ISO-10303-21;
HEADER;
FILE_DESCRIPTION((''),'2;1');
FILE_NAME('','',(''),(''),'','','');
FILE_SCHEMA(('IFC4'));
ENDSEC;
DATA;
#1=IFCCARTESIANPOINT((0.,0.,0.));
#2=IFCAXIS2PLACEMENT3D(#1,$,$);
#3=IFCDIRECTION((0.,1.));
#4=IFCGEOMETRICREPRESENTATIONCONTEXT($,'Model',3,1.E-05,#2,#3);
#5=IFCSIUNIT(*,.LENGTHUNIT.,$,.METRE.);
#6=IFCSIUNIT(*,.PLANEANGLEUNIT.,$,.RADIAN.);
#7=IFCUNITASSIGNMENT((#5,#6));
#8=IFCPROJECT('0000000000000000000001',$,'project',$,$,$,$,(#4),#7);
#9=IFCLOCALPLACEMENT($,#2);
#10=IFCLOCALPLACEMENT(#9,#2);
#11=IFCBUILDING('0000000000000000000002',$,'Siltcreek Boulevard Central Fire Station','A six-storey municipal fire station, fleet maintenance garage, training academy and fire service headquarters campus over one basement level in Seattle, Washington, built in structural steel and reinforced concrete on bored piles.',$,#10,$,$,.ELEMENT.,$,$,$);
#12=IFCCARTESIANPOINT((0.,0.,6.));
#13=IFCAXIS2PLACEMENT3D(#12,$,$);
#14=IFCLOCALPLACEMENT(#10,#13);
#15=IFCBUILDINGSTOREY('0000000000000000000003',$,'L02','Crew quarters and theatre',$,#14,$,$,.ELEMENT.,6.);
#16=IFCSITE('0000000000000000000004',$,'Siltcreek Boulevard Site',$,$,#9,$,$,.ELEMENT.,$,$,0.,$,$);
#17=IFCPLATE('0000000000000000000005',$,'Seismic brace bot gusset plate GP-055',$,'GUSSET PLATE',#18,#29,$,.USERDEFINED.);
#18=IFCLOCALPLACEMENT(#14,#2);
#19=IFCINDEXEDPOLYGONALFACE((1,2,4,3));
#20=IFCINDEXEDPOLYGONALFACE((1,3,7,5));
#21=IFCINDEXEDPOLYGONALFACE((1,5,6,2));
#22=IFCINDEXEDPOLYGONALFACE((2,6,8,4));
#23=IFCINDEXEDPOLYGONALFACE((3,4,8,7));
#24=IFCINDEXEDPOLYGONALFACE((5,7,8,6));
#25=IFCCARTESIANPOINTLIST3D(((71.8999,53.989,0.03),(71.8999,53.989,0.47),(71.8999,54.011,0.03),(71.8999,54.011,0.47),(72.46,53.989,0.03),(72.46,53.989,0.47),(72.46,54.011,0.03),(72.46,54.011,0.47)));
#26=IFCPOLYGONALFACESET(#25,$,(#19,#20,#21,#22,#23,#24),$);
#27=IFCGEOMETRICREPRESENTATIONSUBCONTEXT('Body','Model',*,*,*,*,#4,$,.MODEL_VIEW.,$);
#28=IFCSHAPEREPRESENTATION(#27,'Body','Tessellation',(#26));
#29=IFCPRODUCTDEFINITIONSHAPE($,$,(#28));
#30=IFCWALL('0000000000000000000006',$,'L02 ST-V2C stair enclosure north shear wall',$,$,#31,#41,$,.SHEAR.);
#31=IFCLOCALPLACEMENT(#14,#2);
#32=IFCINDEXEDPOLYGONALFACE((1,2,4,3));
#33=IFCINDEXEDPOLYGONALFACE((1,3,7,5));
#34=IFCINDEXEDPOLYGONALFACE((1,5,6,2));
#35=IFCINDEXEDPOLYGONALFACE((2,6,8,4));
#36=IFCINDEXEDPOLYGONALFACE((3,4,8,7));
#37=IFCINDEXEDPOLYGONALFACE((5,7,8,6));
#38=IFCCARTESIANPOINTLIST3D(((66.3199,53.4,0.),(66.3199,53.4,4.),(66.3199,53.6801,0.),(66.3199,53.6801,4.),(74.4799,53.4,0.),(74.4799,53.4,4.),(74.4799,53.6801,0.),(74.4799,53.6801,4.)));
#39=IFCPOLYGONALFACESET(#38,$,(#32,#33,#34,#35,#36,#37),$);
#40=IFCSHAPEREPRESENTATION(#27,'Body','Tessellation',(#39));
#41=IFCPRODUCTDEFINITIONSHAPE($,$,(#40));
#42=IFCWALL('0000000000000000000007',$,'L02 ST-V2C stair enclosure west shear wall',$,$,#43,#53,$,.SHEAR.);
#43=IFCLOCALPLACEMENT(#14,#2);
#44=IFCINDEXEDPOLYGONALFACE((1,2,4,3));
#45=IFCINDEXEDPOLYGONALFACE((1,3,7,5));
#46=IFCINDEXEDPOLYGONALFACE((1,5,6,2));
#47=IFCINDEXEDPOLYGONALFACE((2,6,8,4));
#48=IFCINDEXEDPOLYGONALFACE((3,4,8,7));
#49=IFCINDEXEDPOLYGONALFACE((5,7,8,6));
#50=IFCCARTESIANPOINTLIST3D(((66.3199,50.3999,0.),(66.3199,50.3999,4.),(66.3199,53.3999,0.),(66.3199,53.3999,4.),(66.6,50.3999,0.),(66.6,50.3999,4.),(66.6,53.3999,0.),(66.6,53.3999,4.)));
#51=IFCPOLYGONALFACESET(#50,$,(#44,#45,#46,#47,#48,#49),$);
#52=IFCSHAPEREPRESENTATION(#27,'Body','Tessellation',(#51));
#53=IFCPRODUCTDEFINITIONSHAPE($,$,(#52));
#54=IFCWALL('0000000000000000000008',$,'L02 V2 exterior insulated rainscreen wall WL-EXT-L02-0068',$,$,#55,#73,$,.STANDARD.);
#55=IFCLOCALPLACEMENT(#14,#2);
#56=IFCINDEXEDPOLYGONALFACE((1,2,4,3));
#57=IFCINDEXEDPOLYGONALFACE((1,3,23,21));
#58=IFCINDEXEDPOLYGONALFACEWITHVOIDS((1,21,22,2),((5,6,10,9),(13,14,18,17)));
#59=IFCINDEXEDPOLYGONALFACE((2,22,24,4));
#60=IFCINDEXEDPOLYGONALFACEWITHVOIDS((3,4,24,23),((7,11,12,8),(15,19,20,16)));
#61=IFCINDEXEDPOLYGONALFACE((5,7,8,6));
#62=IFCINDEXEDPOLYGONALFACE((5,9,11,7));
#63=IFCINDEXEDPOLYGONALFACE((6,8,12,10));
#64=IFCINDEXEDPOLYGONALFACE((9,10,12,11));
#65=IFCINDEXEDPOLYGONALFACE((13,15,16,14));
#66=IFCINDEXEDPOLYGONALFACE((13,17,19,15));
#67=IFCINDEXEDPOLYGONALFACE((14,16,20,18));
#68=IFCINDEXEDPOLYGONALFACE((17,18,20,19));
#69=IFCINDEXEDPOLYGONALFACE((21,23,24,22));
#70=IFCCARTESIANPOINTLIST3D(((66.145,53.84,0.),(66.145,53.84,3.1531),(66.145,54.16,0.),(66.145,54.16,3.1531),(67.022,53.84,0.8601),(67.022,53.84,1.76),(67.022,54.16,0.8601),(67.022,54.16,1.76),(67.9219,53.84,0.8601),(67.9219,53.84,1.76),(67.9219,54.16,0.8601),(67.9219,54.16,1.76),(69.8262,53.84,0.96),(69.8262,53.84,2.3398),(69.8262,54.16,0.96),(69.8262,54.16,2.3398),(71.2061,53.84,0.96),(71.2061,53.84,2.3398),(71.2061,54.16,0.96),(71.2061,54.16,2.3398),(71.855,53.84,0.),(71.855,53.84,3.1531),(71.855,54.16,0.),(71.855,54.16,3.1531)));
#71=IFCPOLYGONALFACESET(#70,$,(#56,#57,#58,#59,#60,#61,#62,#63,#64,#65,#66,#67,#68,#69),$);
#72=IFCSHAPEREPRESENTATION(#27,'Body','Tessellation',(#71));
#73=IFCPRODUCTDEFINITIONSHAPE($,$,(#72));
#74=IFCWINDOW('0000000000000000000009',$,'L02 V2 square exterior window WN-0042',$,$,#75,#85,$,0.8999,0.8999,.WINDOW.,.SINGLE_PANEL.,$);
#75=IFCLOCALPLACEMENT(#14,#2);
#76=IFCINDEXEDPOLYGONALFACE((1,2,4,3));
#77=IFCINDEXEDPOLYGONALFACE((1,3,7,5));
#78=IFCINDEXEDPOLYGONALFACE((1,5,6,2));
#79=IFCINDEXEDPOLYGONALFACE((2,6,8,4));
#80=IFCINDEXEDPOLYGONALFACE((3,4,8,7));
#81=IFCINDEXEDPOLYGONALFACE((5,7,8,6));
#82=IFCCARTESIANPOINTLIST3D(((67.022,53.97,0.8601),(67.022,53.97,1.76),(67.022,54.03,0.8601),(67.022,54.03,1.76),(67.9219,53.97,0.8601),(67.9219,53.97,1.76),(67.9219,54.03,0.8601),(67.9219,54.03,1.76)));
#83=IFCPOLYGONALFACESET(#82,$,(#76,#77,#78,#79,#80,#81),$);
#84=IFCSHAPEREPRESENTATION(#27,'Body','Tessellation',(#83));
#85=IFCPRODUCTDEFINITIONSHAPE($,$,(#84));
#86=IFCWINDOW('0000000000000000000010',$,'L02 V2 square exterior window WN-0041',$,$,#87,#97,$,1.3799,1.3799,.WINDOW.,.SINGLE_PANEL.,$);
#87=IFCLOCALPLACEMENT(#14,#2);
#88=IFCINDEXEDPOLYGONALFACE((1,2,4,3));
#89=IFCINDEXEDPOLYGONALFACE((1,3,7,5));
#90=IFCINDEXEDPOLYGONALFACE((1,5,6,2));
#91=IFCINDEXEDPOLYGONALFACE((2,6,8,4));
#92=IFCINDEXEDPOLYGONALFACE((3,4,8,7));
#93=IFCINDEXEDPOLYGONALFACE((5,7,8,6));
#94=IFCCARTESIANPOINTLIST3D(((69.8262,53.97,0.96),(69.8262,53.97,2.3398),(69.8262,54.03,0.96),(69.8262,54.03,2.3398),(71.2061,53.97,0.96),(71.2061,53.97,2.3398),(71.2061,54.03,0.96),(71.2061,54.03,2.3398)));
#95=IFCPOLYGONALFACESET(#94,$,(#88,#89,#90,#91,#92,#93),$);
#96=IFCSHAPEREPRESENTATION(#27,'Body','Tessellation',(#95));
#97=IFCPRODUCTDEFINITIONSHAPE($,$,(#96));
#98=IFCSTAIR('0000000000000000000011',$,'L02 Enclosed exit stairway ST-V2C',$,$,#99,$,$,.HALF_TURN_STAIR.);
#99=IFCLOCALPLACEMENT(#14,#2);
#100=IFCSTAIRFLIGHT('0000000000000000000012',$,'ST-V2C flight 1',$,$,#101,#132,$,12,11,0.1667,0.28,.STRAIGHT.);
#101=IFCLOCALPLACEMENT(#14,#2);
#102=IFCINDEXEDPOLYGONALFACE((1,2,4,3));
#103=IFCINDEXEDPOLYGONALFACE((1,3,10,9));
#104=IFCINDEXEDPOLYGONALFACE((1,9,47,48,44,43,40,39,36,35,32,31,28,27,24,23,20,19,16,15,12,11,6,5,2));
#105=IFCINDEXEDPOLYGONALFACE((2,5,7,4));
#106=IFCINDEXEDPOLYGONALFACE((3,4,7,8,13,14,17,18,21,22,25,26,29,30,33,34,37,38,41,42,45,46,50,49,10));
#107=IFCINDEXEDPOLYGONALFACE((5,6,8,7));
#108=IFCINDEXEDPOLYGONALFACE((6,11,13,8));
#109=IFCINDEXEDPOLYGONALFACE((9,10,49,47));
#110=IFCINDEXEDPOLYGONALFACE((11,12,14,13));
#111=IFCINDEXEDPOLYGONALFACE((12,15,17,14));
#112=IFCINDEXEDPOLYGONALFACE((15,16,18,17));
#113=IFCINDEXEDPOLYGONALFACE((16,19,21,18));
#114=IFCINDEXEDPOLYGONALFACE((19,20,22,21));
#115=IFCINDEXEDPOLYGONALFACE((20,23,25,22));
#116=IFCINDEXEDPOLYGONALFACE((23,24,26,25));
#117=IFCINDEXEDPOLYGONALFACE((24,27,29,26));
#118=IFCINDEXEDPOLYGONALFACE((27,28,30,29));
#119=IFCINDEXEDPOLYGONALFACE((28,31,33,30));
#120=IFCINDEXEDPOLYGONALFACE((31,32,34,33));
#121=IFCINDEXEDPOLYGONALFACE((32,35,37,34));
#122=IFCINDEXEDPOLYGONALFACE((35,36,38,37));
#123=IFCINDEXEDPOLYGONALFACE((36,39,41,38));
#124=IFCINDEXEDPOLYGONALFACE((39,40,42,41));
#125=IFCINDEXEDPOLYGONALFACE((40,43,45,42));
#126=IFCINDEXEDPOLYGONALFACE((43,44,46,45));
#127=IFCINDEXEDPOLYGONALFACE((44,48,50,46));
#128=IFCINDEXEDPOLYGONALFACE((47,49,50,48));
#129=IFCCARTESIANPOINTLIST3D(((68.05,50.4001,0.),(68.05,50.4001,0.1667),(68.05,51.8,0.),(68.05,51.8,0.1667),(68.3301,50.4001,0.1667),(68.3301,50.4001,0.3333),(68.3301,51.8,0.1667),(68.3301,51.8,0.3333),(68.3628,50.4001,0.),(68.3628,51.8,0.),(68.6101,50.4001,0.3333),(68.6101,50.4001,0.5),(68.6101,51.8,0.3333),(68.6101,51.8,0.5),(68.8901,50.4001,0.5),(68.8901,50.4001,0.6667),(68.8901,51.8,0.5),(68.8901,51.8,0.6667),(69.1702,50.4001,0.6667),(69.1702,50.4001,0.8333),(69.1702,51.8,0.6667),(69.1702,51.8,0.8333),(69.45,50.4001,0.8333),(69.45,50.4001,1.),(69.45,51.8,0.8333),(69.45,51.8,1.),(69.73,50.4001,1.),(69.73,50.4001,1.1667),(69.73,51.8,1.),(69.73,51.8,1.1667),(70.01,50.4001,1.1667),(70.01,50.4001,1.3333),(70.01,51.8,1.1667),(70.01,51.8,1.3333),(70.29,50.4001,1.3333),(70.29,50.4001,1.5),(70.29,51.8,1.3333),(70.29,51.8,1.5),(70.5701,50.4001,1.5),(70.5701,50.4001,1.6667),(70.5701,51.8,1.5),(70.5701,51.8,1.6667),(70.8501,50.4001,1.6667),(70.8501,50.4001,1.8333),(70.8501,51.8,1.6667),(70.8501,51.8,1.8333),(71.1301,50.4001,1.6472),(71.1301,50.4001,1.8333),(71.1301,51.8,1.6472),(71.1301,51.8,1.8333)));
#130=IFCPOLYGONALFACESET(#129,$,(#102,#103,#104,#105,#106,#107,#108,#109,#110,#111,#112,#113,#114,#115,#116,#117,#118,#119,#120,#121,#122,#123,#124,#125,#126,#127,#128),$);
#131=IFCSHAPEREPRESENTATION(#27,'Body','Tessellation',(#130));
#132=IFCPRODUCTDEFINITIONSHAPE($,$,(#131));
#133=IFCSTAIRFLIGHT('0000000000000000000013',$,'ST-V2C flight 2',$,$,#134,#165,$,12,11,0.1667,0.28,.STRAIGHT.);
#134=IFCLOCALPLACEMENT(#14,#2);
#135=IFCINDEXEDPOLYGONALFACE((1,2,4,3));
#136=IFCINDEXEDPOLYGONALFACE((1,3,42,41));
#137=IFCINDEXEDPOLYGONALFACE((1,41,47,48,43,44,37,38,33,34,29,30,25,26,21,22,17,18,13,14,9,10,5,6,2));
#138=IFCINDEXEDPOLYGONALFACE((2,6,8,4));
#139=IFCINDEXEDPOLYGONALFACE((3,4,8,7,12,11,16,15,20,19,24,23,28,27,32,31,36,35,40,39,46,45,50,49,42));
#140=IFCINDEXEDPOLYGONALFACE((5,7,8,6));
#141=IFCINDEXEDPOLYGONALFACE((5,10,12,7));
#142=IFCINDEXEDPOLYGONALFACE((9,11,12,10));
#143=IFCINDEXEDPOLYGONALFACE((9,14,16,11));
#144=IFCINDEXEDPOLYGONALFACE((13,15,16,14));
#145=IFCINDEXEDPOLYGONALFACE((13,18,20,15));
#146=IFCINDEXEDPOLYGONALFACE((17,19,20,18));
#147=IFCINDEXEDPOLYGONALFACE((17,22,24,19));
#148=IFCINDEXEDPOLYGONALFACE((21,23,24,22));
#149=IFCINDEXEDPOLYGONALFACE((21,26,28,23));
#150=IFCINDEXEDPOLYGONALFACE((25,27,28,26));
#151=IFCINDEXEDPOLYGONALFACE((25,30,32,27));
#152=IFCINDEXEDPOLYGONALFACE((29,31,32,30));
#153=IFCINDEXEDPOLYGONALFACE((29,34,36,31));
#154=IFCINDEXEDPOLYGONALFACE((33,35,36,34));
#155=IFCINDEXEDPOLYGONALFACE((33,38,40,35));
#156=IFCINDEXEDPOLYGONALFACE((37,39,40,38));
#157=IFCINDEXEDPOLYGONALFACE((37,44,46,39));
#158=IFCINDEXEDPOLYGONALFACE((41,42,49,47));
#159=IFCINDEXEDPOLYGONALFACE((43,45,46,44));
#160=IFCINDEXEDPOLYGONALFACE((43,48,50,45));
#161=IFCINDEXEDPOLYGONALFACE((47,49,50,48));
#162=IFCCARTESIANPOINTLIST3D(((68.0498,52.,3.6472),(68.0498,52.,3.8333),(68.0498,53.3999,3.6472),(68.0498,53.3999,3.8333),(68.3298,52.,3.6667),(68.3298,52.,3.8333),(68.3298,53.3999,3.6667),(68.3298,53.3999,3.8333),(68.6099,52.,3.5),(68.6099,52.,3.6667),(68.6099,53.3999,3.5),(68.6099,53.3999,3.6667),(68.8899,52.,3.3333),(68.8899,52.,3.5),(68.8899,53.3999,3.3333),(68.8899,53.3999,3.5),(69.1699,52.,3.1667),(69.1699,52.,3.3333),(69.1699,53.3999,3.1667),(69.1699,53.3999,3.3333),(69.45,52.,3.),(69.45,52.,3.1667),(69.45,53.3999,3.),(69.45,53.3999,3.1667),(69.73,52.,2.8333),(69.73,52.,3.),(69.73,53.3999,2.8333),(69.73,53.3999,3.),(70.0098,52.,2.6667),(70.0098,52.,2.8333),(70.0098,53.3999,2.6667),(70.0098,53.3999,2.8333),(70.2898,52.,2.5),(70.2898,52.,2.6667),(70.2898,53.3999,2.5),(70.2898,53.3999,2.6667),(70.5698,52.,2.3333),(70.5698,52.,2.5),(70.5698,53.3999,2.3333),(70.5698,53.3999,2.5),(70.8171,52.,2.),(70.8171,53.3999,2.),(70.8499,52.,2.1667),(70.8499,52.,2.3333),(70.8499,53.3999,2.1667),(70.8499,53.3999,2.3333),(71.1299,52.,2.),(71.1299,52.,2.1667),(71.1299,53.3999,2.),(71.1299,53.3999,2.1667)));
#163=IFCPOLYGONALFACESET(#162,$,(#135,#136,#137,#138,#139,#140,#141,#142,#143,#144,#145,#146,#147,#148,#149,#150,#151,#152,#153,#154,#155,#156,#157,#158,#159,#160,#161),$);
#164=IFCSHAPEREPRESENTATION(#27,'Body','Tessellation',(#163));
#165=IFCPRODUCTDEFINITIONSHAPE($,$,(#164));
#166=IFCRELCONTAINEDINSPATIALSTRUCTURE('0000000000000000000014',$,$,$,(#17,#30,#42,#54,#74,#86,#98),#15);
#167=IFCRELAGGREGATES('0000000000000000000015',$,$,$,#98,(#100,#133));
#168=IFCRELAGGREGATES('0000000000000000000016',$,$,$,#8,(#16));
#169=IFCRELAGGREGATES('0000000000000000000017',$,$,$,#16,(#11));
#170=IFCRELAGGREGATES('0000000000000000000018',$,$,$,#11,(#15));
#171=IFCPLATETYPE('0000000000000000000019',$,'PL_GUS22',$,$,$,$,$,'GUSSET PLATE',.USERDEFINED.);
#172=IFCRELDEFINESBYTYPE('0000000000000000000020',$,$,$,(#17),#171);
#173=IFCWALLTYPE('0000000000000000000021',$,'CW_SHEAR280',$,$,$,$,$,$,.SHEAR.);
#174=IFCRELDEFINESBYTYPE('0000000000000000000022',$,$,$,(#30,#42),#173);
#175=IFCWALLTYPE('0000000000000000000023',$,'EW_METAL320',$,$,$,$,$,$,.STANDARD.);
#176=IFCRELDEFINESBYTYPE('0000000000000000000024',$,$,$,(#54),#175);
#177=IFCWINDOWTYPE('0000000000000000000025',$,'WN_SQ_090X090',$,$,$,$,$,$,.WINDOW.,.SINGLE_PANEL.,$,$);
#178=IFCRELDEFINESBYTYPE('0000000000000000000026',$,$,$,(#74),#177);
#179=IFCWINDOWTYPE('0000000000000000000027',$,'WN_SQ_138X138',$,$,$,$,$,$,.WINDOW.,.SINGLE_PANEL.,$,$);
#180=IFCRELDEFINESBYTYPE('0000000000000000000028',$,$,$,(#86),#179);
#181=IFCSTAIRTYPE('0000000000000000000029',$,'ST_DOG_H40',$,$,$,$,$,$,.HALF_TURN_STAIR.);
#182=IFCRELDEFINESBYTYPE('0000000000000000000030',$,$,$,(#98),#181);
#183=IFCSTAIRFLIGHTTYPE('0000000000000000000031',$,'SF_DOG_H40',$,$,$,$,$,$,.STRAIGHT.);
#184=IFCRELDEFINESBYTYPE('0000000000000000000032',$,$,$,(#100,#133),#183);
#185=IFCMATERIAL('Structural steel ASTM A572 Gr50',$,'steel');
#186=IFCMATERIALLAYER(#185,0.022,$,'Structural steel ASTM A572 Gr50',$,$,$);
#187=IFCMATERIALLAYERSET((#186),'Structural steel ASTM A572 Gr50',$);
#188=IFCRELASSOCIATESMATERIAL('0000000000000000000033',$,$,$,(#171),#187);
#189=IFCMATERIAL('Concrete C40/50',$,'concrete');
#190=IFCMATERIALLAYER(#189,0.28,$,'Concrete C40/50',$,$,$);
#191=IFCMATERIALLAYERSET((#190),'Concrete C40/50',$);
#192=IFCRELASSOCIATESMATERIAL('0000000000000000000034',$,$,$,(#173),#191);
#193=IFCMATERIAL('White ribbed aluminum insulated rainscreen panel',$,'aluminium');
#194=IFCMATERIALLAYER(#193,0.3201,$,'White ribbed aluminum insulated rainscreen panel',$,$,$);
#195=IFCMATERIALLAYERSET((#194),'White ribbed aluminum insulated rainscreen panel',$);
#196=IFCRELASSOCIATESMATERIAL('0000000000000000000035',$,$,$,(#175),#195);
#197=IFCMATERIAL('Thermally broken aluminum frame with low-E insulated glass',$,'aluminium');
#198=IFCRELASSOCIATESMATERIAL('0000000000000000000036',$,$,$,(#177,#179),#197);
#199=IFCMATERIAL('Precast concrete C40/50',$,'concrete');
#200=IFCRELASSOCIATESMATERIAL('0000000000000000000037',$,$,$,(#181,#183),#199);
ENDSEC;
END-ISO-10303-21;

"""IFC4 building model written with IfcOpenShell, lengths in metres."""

from ifc_helpers import new_model, si_unit, direction, frame, frame_2d, origin, origin_2d, place, context, subcontext, project, spatial, polyline, rectangle, outline, extrude, material, layer, layer_set, type_object, element, fill, aggregate, save


model = new_model("IFC4")

# Units and contexts
model_context = context("Model", 3, precision=1e-05, world=origin(), true_north=direction((0.0, 1.0)))
body_context = subcontext(model_context, "Body", "Model", "MODEL_VIEW")
ifc_project = project(units=[si_unit("LENGTHUNIT", "METRE"), si_unit("PLANEANGLEUNIT", "RADIAN")], contexts=[model_context])

# Site, building, storey
site_placement = place(None, origin())
site = spatial("IfcSite", under=ifc_project, at=site_placement, Name="Siltcreek Boulevard Site", CompositionType="ELEMENT", RefElevation=0.0)
building_placement = place(site_placement, origin())
building = spatial("IfcBuilding", under=site, at=building_placement, Name="Siltcreek Boulevard Central Fire Station", Description="A six-storey municipal fire station, fleet maintenance garage, training academy and fire service headquarters campus over one basement level in Seattle, Washington, built in structural steel and reinforced concrete on bored piles.", CompositionType="ELEMENT")
storey_placement = place(building_placement, frame((0.0, 0.0, 6.0)))
storey = spatial("IfcBuildingStorey", under=building, at=storey_placement, Name="L02", Description="Crew quarters and theatre", CompositionType="ELEMENT", Elevation=6.0)

# Plate
ifc_material_1 = material(Name="Structural steel ASTM A572 Gr50", Category="steel")
ifc_layer_1 = layer(ifc_material_1, 0.022, Name="Structural steel ASTM A572 Gr50")
ifc_layer_set_1 = layer_set([ifc_layer_1], Name="Structural steel ASTM A572 Gr50")
plate_type_1 = type_object("IfcPlateType", Name="PL_GUS22", ElementType="GUSSET PLATE", PredefinedType="USERDEFINED", material=ifc_layer_set_1)
plate_1_placement = place(storey_placement, frame((72.1799, 54.0, 0.03), z_axis=(0.0, 0.0, 1.0), x_axis=(1.0, 0.0, 0.0)))
element("IfcPlate", 1, at=plate_1_placement, inside=storey, type_object=plate_type_1, Name="Seismic brace bot gusset plate GP-055", ObjectType="GUSSET PLATE", PredefinedType="USERDEFINED", context=body_context, shape_type="SweptSolid", body=[
    extrude(rectangle(XDim=0.5601, YDim=0.022, at=origin_2d()), origin(), (0.0, 0.0, 1.0), 0.4399),
])

# Walls
ifc_material_2 = material(Name="Concrete C40/50", Category="concrete")
ifc_layer_2 = layer(ifc_material_2, 0.28, Name="Concrete C40/50")
ifc_layer_set_2 = layer_set([ifc_layer_2], Name="Concrete C40/50")
wall_type_1 = type_object("IfcWallType", Name="CW_SHEAR280", PredefinedType="SHEAR", material=ifc_layer_set_2)
wall_1_placement = place(storey_placement, frame((74.48, 53.54, 0.0), z_axis=(0.0, 0.0, 1.0), x_axis=(-1.0, 0.0, 0.0)))
element("IfcWall", 2, at=wall_1_placement, inside=storey, type_object=wall_type_1, Name="L02 ST-V2C stair enclosure north shear wall", PredefinedType="SHEAR", context=body_context, shape_type="SweptSolid", body=[
    extrude(rectangle(XDim=8.1599, YDim=0.28, at=frame_2d((4.0801, 0.0))), origin(), (0.0, 0.0, 1.0), 4.0),
])
wall_2_placement = place(storey_placement, frame((66.46, 53.3999, 0.0), z_axis=(0.0, 0.0, 1.0), x_axis=(0.0, -1.0, 0.0)))
element("IfcWall", 3, at=wall_2_placement, inside=storey, type_object=wall_type_1, Name="L02 ST-V2C stair enclosure west shear wall", PredefinedType="SHEAR", context=body_context, shape_type="SweptSolid", body=[
    extrude(rectangle(XDim=3.0, YDim=0.28, at=frame_2d((1.5, 0.0))), origin(), (0.0, 0.0, 1.0), 4.0),
])

# Wall, openings, windows
ifc_material_3 = material(Name="White ribbed aluminum insulated rainscreen panel", Category="aluminium")
ifc_layer_3 = layer(ifc_material_3, 0.3201, Name="White ribbed aluminum insulated rainscreen panel")
ifc_layer_set_3 = layer_set([ifc_layer_3], Name="White ribbed aluminum insulated rainscreen panel")
wall_type_2 = type_object("IfcWallType", Name="EW_METAL320", PredefinedType="STANDARD", material=ifc_layer_set_3)
wall_3_placement = place(storey_placement, frame((71.855, 54.0, 0.0), z_axis=(0.0, 0.0, 1.0), x_axis=(-1.0, 0.0, 0.0)))
wall_3 = element("IfcWall", 4, at=wall_3_placement, inside=storey, type_object=wall_type_2, Name="L02 V2 exterior insulated rainscreen wall WL-EXT-L02-0068", PredefinedType="STANDARD", context=body_context, shape_type="SweptSolid", body=[
    extrude(rectangle(XDim=5.71, YDim=0.3201, at=frame_2d((2.855, 0.0))), origin(), (0.0, 0.0, 1.0), 3.1531),
])
opening_1_placement = place(wall_3_placement, frame((0.6489, 0.0, 0.96)))
opening_1 = element("IfcOpeningElement", 5, at=opening_1_placement, cuts=wall_3, PredefinedType="OPENING", context=body_context, shape_type="SweptSolid", body=[
    extrude(rectangle(XDim=1.3799, YDim=1.3799, at=frame_2d((0.6899, 0.6899))), frame((0.0, 0.1699, 0.0), z_axis=(0.0, -1.0, 0.0), x_axis=(1.0, 0.0, 0.0)), (0.0, 0.0, 1.0), 0.3401),
])
opening_2_placement = place(wall_3_placement, frame((3.9331, 0.0, 0.8601)))
opening_2 = element("IfcOpeningElement", 6, at=opening_2_placement, cuts=wall_3, PredefinedType="OPENING", context=body_context, shape_type="SweptSolid", body=[
    extrude(rectangle(XDim=0.8999, YDim=0.8999, at=frame_2d((0.45, 0.45))), frame((0.0, 0.1699, 0.0), z_axis=(0.0, -1.0, 0.0), x_axis=(1.0, 0.0, 0.0)), (0.0, 0.0, 1.0), 0.3401),
])
ifc_material_4 = material(Name="Thermally broken aluminum frame with low-E insulated glass", Category="aluminium")
window_type_1 = type_object("IfcWindowType", Name="WN_SQ_090X090", PartitioningType="SINGLE_PANEL", PredefinedType="WINDOW", material=ifc_material_4)
window_1_placement = place(opening_2_placement, origin())
window_1 = element("IfcWindow", 7, at=window_1_placement, inside=storey, type_object=window_type_1, Name="L02 V2 square exterior window WN-0042", OverallHeight=0.8999, OverallWidth=0.8999, PartitioningType="SINGLE_PANEL", PredefinedType="WINDOW", context=body_context, shape_type="SweptSolid", body=[
    extrude(rectangle(XDim=0.8999, YDim=0.8999, at=frame_2d((0.45, 0.45))), frame((0.0, 0.03, 0.0), z_axis=(0.0, -1.0, 0.0), x_axis=(1.0, 0.0, 0.0)), (0.0, 0.0, 1.0), 0.0601),
])
fill(opening_2, window_1)
window_type_2 = type_object("IfcWindowType", Name="WN_SQ_138X138", PartitioningType="SINGLE_PANEL", PredefinedType="WINDOW", material=ifc_material_4)
window_2_placement = place(opening_1_placement, origin())
window_2 = element("IfcWindow", 8, at=window_2_placement, inside=storey, type_object=window_type_2, Name="L02 V2 square exterior window WN-0041", OverallHeight=1.3799, OverallWidth=1.3799, PartitioningType="SINGLE_PANEL", PredefinedType="WINDOW", context=body_context, shape_type="SweptSolid", body=[
    extrude(rectangle(XDim=1.3799, YDim=1.3799, at=frame_2d((0.6899, 0.6899))), frame((0.0, 0.03, 0.0), z_axis=(0.0, -1.0, 0.0), x_axis=(1.0, 0.0, 0.0)), (0.0, 0.0, 1.0), 0.0601),
])
fill(opening_1, window_2)

# Stair, stair flights
ifc_material_5 = material(Name="Precast concrete C40/50", Category="concrete")
stair_type = type_object("IfcStairType", Name="ST_DOG_H40", PredefinedType="HALF_TURN_STAIR", material=ifc_material_5)
stair_placement = place(storey_placement, origin())
stair = element("IfcStair", 9, at=stair_placement, inside=storey, type_object=stair_type, Name="L02 Enclosed exit stairway ST-V2C", PredefinedType="HALF_TURN_STAIR")
stair_flight_type = type_object("IfcStairFlightType", Name="SF_DOG_H40", PredefinedType="STRAIGHT", material=ifc_material_5)
stair_flight_1_placement = place(storey_placement, frame((68.05, 51.1001, 0.0), z_axis=(0.0, 0.0, 1.0), x_axis=(1.0, 0.0, 0.0)))
stair_flight_1 = element("IfcStairFlight", 10, at=stair_flight_1_placement, type_object=stair_flight_type, Name="ST-V2C flight 1", NumberOfRisers=12, NumberOfTreads=11, PredefinedType="STRAIGHT", RiserHeight=0.1667, TreadLength=0.28, context=body_context, shape_type="SweptSolid", body=[
    extrude(outline(polyline([(0.0, 0.0), (0.0, 0.1667), (0.28, 0.1667), (0.28, 0.3333), (0.5601, 0.3333), (0.5601, 0.5), (0.8401, 0.5), (0.8401, 0.6667), (1.1201, 0.6667), (1.1201, 0.8333), (1.3999, 0.8333), (1.3999, 1.0), (1.6799, 1.0), (1.6799, 1.1667), (1.96, 1.1667), (1.96, 1.3333), (2.24, 1.3333), (2.24, 1.5), (2.52, 1.5), (2.52, 1.6667), (2.8, 1.6667), (2.8, 1.8333), (3.0801, 1.8333), (3.0801, 2.0), (3.0801, 1.6472), (0.3127, 0.0), (0.0, 0.0)])), frame((0.0, 0.7, 0.0), z_axis=(0.0, -1.0, 0.0), x_axis=(1.0, 0.0, 0.0)), (0.0, 0.0, 1.0), 1.3999),
])
stair_flight_2_placement = place(storey_placement, frame((71.1299, 52.7, 2.0), z_axis=(0.0, 0.0, 1.0), x_axis=(-1.0, 0.0, 0.0)))
stair_flight_2 = element("IfcStairFlight", 11, at=stair_flight_2_placement, type_object=stair_flight_type, Name="ST-V2C flight 2", NumberOfRisers=12, NumberOfTreads=11, PredefinedType="STRAIGHT", RiserHeight=0.1667, TreadLength=0.28, context=body_context, shape_type="SweptSolid", body=[
    extrude(outline(polyline([(0.0, 0.0), (0.0, 0.1667), (0.28, 0.1667), (0.28, 0.3333), (0.5601, 0.3333), (0.5601, 0.5), (0.8401, 0.5), (0.8401, 0.6667), (1.1201, 0.6667), (1.1201, 0.8333), (1.3999, 0.8333), (1.3999, 1.0), (1.6799, 1.0), (1.6799, 1.1667), (1.96, 1.1667), (1.96, 1.3333), (2.24, 1.3333), (2.24, 1.5), (2.52, 1.5), (2.52, 1.6667), (2.8, 1.6667), (2.8, 1.8333), (3.0801, 1.8333), (3.0801, 2.0), (3.0801, 1.6472), (0.3127, 0.0), (0.0, 0.0)])), frame((0.0, 0.7, 0.0), z_axis=(0.0, -1.0, 0.0), x_axis=(1.0, 0.0, 0.0)), (0.0, 0.0, 1.0), 1.3999),
])
aggregate(stair, [stair_flight_1, stair_flight_2])

save(model, "model.ifc")
